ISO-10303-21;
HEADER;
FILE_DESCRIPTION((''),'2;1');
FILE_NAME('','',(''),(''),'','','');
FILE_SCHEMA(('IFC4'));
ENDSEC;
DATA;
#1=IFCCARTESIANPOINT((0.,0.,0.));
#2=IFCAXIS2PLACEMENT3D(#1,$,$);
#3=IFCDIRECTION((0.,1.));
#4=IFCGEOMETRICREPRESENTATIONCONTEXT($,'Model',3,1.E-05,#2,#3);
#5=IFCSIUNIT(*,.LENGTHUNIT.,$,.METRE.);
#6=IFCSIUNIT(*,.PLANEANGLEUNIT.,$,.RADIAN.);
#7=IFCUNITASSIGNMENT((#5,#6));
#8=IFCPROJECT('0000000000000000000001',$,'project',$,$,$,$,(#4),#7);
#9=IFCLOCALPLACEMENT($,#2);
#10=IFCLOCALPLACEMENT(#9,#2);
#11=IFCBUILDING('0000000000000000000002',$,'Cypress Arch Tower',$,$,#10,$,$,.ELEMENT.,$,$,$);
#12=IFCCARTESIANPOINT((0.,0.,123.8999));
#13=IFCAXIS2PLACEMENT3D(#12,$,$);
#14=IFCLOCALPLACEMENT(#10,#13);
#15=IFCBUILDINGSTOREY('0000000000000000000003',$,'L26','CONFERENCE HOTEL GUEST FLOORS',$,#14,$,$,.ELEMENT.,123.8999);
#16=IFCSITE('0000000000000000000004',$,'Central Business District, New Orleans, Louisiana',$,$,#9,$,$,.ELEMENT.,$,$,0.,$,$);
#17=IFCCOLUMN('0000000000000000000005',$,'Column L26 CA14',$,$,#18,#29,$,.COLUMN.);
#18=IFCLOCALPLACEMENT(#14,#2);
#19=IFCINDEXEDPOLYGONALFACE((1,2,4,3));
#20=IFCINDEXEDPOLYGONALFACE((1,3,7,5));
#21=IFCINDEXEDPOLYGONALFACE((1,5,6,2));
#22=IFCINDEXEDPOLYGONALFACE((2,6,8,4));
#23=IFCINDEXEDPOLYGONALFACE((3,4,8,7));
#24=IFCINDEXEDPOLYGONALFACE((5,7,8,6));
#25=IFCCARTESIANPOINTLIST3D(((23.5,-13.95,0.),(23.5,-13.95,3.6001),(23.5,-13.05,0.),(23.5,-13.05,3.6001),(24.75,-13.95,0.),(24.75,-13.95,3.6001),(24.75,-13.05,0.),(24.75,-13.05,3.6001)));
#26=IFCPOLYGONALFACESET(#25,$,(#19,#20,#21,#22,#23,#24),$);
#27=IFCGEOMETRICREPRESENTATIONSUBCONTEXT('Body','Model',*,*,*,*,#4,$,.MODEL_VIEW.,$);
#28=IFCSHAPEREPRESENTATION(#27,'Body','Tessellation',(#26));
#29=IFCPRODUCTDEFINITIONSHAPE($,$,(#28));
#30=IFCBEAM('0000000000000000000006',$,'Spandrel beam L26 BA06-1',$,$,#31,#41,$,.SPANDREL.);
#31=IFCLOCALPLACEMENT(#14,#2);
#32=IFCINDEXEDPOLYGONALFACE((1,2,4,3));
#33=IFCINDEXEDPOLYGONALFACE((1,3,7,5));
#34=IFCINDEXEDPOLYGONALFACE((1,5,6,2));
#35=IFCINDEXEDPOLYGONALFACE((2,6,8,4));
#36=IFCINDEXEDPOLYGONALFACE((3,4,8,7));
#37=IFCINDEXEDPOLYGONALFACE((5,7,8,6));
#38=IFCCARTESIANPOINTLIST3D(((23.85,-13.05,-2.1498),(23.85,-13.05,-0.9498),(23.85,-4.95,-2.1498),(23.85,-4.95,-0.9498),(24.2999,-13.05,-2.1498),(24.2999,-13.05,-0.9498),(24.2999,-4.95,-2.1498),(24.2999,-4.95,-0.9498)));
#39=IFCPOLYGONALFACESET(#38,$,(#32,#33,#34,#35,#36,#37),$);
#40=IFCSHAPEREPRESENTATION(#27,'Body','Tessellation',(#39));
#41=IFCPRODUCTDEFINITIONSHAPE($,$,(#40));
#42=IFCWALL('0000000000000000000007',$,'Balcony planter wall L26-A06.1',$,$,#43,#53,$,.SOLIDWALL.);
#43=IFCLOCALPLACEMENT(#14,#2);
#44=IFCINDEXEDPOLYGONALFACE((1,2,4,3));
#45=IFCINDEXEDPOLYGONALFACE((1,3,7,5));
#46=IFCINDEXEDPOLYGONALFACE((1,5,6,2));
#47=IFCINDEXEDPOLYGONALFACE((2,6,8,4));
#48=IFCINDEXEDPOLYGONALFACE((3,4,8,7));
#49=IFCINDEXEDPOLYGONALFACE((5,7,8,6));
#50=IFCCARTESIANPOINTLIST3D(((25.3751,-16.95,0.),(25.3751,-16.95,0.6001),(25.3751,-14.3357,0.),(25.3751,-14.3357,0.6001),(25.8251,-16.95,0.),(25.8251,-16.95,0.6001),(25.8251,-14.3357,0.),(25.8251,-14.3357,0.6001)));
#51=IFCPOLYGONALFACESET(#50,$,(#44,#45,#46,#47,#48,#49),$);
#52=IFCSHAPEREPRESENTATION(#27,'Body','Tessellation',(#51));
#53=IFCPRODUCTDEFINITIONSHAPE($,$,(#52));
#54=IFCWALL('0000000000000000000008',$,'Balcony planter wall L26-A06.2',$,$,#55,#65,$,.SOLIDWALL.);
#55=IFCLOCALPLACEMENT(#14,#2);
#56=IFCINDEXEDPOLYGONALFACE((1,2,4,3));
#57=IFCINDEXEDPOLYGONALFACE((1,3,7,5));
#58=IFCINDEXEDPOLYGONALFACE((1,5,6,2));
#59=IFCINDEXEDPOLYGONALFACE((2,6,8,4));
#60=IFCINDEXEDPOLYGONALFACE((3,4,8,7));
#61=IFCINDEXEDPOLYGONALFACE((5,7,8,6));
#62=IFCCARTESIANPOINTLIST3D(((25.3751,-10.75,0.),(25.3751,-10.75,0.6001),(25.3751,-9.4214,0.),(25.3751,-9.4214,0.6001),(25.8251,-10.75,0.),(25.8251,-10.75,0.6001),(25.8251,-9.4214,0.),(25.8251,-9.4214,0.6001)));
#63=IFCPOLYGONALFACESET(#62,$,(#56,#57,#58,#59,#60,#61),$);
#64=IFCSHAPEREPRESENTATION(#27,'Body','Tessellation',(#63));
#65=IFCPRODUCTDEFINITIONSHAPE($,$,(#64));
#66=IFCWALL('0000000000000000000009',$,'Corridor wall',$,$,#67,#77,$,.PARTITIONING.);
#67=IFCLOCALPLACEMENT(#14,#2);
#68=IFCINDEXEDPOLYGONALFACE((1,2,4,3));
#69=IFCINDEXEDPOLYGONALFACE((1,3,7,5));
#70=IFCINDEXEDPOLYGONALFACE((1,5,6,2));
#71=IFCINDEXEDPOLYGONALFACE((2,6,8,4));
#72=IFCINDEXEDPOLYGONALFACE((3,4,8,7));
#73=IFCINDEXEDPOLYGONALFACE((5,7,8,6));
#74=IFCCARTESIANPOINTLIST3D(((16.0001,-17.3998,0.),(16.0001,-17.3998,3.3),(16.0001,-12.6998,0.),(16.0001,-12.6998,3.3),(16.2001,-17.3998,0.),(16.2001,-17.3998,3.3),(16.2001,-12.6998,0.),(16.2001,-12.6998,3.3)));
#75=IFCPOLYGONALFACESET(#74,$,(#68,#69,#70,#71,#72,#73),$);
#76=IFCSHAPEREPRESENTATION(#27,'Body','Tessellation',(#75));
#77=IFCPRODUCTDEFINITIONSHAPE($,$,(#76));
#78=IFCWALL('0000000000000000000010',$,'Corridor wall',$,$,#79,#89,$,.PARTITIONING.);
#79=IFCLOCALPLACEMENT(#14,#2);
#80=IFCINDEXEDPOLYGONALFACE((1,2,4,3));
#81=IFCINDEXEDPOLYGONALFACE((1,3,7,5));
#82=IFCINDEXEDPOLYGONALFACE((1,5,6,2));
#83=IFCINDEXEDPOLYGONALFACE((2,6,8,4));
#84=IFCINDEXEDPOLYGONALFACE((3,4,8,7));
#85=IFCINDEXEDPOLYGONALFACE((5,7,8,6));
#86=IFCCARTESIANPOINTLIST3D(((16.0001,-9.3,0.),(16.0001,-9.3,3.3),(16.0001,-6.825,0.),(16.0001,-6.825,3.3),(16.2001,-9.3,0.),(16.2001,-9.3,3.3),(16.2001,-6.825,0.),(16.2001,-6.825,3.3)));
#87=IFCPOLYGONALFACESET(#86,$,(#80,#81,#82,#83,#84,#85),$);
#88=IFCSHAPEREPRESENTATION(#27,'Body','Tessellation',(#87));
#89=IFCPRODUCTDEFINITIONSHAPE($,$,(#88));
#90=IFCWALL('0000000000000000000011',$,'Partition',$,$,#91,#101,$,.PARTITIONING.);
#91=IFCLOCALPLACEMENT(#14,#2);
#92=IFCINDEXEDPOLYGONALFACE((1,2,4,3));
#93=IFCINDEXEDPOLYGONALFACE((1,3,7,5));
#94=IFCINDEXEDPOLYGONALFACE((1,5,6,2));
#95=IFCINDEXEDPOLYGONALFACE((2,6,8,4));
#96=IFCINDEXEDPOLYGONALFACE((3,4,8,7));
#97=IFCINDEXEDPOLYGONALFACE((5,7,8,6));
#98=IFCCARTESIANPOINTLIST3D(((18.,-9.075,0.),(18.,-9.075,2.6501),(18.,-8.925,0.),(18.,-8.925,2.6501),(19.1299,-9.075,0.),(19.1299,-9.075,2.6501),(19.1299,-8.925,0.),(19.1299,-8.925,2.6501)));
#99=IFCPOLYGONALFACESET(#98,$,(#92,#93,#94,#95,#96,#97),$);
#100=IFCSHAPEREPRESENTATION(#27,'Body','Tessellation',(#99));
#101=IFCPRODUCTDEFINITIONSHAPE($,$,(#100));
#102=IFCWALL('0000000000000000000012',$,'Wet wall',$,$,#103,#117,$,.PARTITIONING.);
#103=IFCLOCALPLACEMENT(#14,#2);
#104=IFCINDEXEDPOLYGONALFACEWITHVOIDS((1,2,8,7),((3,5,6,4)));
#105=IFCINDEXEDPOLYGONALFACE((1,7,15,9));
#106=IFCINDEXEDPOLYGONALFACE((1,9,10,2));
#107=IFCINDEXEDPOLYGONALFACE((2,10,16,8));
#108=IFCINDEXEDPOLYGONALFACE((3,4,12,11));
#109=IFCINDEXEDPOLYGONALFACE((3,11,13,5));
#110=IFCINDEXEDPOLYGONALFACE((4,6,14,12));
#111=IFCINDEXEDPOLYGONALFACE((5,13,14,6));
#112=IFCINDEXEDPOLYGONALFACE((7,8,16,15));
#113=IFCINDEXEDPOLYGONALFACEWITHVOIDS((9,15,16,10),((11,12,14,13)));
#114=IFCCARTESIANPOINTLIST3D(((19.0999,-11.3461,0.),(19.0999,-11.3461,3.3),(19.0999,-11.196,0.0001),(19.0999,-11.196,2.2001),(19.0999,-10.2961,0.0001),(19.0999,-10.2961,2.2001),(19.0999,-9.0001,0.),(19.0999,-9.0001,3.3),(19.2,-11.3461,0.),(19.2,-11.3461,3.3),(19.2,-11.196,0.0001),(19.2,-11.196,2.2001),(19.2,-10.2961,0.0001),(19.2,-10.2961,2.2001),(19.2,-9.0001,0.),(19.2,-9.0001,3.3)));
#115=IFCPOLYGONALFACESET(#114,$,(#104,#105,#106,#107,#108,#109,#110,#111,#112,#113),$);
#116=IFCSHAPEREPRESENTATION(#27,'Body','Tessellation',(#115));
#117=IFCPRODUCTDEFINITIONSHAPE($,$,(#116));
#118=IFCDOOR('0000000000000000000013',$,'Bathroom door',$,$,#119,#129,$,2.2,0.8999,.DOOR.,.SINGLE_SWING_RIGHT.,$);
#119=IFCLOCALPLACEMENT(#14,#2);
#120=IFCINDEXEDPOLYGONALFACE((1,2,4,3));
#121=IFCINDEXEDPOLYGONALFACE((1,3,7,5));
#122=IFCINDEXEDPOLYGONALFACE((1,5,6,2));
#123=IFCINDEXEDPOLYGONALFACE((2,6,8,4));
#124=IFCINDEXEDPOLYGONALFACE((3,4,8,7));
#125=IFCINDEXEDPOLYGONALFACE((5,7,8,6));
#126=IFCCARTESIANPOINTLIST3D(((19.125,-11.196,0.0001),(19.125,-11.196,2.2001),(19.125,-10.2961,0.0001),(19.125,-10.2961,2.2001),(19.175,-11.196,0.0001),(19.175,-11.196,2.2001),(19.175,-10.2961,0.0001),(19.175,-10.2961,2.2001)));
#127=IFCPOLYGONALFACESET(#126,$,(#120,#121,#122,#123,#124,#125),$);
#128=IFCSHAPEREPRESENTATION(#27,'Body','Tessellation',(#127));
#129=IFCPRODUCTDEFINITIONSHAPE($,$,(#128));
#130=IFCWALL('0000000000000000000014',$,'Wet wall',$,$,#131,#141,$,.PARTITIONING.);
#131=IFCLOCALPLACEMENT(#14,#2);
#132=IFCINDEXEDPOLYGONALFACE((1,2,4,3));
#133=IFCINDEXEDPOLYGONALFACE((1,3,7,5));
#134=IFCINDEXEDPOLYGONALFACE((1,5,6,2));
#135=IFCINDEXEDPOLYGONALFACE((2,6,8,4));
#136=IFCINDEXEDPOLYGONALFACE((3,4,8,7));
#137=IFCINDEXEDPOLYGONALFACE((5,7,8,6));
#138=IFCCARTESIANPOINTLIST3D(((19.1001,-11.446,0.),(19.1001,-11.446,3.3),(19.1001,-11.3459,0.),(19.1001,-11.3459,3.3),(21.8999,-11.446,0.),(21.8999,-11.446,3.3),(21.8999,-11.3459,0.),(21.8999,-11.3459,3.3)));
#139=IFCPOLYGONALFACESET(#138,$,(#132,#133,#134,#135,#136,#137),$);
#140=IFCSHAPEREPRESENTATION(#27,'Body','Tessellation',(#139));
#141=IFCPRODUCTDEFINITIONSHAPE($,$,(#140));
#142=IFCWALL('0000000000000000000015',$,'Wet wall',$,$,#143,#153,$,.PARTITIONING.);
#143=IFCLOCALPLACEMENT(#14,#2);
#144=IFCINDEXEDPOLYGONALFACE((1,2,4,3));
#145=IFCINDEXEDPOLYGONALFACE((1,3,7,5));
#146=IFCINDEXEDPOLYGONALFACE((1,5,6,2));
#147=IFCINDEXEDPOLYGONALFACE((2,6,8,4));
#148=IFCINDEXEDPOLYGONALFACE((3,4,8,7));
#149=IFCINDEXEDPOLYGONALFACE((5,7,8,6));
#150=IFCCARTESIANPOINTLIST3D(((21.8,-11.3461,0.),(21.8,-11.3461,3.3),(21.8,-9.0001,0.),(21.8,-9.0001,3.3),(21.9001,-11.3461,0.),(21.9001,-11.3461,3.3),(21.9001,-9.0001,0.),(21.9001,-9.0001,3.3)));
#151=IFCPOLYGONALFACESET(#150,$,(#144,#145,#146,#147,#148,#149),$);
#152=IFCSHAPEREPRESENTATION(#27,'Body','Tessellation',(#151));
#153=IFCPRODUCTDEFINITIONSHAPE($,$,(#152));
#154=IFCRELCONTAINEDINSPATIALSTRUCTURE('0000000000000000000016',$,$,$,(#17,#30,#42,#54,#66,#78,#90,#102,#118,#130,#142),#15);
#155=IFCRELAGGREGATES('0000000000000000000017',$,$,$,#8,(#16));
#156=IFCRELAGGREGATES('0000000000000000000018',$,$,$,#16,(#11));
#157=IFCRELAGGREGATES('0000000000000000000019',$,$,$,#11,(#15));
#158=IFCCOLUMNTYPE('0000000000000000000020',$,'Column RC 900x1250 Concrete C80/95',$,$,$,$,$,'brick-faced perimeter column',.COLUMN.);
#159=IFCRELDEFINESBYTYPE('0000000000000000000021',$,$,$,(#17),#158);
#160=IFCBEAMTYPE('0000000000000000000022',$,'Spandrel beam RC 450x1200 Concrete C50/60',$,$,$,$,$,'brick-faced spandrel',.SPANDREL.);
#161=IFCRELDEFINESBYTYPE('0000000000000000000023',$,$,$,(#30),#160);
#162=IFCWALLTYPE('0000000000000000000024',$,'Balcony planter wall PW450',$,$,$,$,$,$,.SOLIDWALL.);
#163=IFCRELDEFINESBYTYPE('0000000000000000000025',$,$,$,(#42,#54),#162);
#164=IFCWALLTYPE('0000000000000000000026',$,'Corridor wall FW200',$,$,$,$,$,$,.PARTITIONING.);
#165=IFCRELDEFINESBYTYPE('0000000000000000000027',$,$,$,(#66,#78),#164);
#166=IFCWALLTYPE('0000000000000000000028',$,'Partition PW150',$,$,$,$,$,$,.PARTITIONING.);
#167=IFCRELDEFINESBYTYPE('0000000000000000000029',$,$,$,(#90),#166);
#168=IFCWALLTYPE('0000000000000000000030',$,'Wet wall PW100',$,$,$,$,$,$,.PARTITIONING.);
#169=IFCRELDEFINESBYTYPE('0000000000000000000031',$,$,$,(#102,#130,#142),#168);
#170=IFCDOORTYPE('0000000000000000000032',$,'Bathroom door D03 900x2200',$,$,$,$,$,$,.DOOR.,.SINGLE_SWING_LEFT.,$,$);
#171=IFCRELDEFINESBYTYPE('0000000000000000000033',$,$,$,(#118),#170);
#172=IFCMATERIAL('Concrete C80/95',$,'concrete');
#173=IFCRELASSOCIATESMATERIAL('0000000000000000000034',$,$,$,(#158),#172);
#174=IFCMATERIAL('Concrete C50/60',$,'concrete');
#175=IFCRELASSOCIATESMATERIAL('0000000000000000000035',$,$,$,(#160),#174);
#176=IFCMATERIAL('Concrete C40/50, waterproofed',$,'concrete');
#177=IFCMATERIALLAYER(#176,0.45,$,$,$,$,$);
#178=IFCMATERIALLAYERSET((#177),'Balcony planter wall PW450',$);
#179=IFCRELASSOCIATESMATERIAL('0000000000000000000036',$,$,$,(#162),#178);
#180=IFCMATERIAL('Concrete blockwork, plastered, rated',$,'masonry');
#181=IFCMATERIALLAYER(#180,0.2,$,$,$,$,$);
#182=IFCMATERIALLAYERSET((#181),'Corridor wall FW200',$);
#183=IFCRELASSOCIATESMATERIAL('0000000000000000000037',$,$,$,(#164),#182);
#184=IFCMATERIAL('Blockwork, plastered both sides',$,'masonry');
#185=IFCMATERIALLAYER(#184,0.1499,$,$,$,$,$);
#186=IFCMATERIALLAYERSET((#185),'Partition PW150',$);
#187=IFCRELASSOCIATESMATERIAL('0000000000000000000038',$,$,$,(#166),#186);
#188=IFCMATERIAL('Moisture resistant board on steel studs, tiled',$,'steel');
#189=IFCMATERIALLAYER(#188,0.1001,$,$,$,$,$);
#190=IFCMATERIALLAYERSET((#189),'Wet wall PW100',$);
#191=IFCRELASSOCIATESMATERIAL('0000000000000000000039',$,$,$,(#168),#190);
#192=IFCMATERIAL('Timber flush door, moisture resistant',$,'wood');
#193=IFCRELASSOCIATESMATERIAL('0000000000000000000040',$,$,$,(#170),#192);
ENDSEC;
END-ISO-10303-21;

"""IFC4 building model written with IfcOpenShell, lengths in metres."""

from ifc_helpers import new_model, si_unit, direction, frame, frame_2d, origin, origin_2d, place, context, subcontext, project, spatial, rectangle, extrude, material, layer, layer_set, material_profile, profile_set, type_object, element, fill, save


model = new_model("IFC4")

# Units and contexts
model_context = context("Model", 3, precision=1e-05, world=origin(), true_north=direction((0.0, 1.0)))
body_context = subcontext(model_context, "Body", "Model", "MODEL_VIEW")
ifc_project = project(units=[si_unit("LENGTHUNIT", "METRE"), si_unit("PLANEANGLEUNIT", "RADIAN")], contexts=[model_context])

# Site, building, storey
site_placement = place(None, origin())
site = spatial("IfcSite", under=ifc_project, at=site_placement, Name="Central Business District, New Orleans, Louisiana", CompositionType="ELEMENT", RefElevation=0.0)
building_placement = place(site_placement, origin())
building = spatial("IfcBuilding", under=site, at=building_placement, Name="Cypress Arch Tower", CompositionType="ELEMENT")
storey_placement = place(building_placement, frame((0.0, 0.0, 123.8999)))
storey = spatial("IfcBuildingStorey", under=building, at=storey_placement, Name="L26", Description="CONFERENCE HOTEL GUEST FLOORS", CompositionType="ELEMENT", Elevation=123.8999)

# Column
ifc_material_1 = material(Name="Concrete C80/95", Category="concrete")
ifc_material_profile_1 = material_profile(ifc_material_1, rectangle(XDim=0.8999, YDim=1.25, at=origin_2d()), Name="RC 900x1250")
ifc_profile_set_1 = profile_set([ifc_material_profile_1], Name="Concrete C80/95")
column_type = type_object("IfcColumnType", Name="Column RC 900x1250 Concrete C80/95", ElementType="brick-faced perimeter column", PredefinedType="COLUMN", material=ifc_profile_set_1)
column_placement = place(storey_placement, frame((24.125, -13.5, 0.0), z_axis=(0.0, 0.0, 1.0), x_axis=(0.0, 1.0, 0.0)))
element("IfcColumn", 1, at=column_placement, inside=storey, type_object=column_type, Name="Column L26 CA14", PredefinedType="COLUMN", context=body_context, shape_type="SweptSolid", body=[
    extrude(rectangle(XDim=0.8999, YDim=1.25, at=origin_2d()), origin(), (0.0, 0.0, 1.0), 3.6001),
])

# Beam
ifc_material_2 = material(Name="Concrete C50/60", Category="concrete")
ifc_material_profile_2 = material_profile(ifc_material_2, rectangle(XDim=0.45, YDim=1.2, at=origin_2d()), Name="RC 450x1200")
ifc_profile_set_2 = profile_set([ifc_material_profile_2], Name="Concrete C50/60")
beam_type = type_object("IfcBeamType", Name="Spandrel beam RC 450x1200 Concrete C50/60", ElementType="brick-faced spandrel", PredefinedType="SPANDREL", material=ifc_profile_set_2)
beam_placement = place(storey_placement, frame((24.075, -13.05, -1.5498), z_axis=(0.0, 1.0, 0.0), x_axis=(-1.0, 0.0, 0.0)))
element("IfcBeam", 2, at=beam_placement, inside=storey, type_object=beam_type, Name="Spandrel beam L26 BA06-1", PredefinedType="SPANDREL", context=body_context, shape_type="SweptSolid", body=[
    extrude(rectangle(XDim=0.45, YDim=1.2, at=origin_2d()), origin(), (0.0, 0.0, 1.0), 8.1001),
])

# Walls
ifc_material_3 = material(Name="Concrete C40/50, waterproofed", Category="concrete")
ifc_layer_1 = layer(ifc_material_3, 0.45)
ifc_layer_set_1 = layer_set([ifc_layer_1], Name="Balcony planter wall PW450")
wall_type_1 = type_object("IfcWallType", Name="Balcony planter wall PW450", PredefinedType="SOLIDWALL", material=ifc_layer_set_1)
wall_1_placement = place(storey_placement, frame((25.6001, -16.95, 0.0), z_axis=(0.0, 0.0, 1.0), x_axis=(0.0, 1.0, 0.0)))
element("IfcWall", 3, at=wall_1_placement, inside=storey, type_object=wall_type_1, Name="Balcony planter wall L26-A06.1", PredefinedType="SOLIDWALL", context=body_context, shape_type="SweptSolid", body=[
    extrude(rectangle(XDim=2.6143, YDim=0.45, at=frame_2d((1.3071, 0.0))), origin(), (0.0, 0.0, 1.0), 0.6001),
])
wall_2_placement = place(storey_placement, frame((25.6001, -10.75, 0.0), z_axis=(0.0, 0.0, 1.0), x_axis=(0.0, 1.0, 0.0)))
element("IfcWall", 4, at=wall_2_placement, inside=storey, type_object=wall_type_1, Name="Balcony planter wall L26-A06.2", PredefinedType="SOLIDWALL", context=body_context, shape_type="SweptSolid", body=[
    extrude(rectangle(XDim=1.3286, YDim=0.45, at=frame_2d((0.6643, 0.0))), origin(), (0.0, 0.0, 1.0), 0.6001),
])

# Walls
ifc_material_4 = material(Name="Concrete blockwork, plastered, rated", Category="masonry")
ifc_layer_2 = layer(ifc_material_4, 0.2)
ifc_layer_set_2 = layer_set([ifc_layer_2], Name="Corridor wall FW200")
wall_type_2 = type_object("IfcWallType", Name="Corridor wall FW200", PredefinedType="PARTITIONING", material=ifc_layer_set_2)
wall_3_placement = place(storey_placement, frame((16.1001, -17.3999, 0.0), z_axis=(0.0, 0.0, 1.0), x_axis=(0.0, 1.0, 0.0)))
element("IfcWall", 5, at=wall_3_placement, inside=storey, type_object=wall_type_2, Name="Corridor wall", PredefinedType="PARTITIONING", context=body_context, shape_type="SweptSolid", body=[
    extrude(rectangle(XDim=4.7, YDim=0.2, at=frame_2d((2.3501, 0.0))), origin(), (0.0, 0.0, 1.0), 3.3),
])
wall_4_placement = place(storey_placement, frame((16.1001, -9.3, 0.0), z_axis=(0.0, 0.0, 1.0), x_axis=(0.0, 1.0, 0.0)))
element("IfcWall", 6, at=wall_4_placement, inside=storey, type_object=wall_type_2, Name="Corridor wall", PredefinedType="PARTITIONING", context=body_context, shape_type="SweptSolid", body=[
    extrude(rectangle(XDim=2.4751, YDim=0.2, at=frame_2d((1.2375, 0.0))), origin(), (0.0, 0.0, 1.0), 3.3),
])
ifc_material_5 = material(Name="Blockwork, plastered both sides", Category="masonry")
ifc_layer_3 = layer(ifc_material_5, 0.1499)
ifc_layer_set_3 = layer_set([ifc_layer_3], Name="Partition PW150")
wall_type_3 = type_object("IfcWallType", Name="Partition PW150", PredefinedType="PARTITIONING", material=ifc_layer_set_3)
wall_5_placement = place(storey_placement, frame((18.0, -9.0, 0.0), z_axis=(0.0, 0.0, 1.0), x_axis=(1.0, 0.0, 0.0)))
element("IfcWall", 7, at=wall_5_placement, inside=storey, type_object=wall_type_3, Name="Partition", PredefinedType="PARTITIONING", context=body_context, shape_type="SweptSolid", body=[
    extrude(rectangle(XDim=1.1299, YDim=0.1499, at=frame_2d((0.5649, 0.0))), origin(), (0.0, 0.0, 1.0), 2.6501),
])

# Wall, opening, door
ifc_material_6 = material(Name="Moisture resistant board on steel studs, tiled", Category="steel")
ifc_layer_4 = layer(ifc_material_6, 0.1001)
ifc_layer_set_4 = layer_set([ifc_layer_4], Name="Wet wall PW100")
wall_type_4 = type_object("IfcWallType", Name="Wet wall PW100", PredefinedType="PARTITIONING", material=ifc_layer_set_4)
wall_6_placement = place(storey_placement, frame((19.1499, -11.3459, 0.0), z_axis=(0.0, 0.0, 1.0), x_axis=(0.0, 1.0, 0.0)))
wall_6 = element("IfcWall", 8, at=wall_6_placement, inside=storey, type_object=wall_type_4, Name="Wet wall", PredefinedType="PARTITIONING", context=body_context, shape_type="SweptSolid", body=[
    extrude(rectangle(XDim=2.3459, YDim=0.1001, at=frame_2d((1.1729, 0.0))), origin(), (0.0, 0.0, 1.0), 3.3),
])
opening_1_placement = place(wall_6_placement, frame((0.1499, 0.0, 0.0)))
opening_1 = element("IfcOpeningElement", 9, at=opening_1_placement, cuts=wall_6, PredefinedType="OPENING", context=body_context, shape_type="SweptSolid", body=[
    extrude(rectangle(XDim=0.8999, YDim=2.2, at=frame_2d((0.45, 1.1001))), frame((0.0, 0.0601, 0.0), z_axis=(0.0, -1.0, 0.0), x_axis=(1.0, 0.0, 0.0)), (0.0, 0.0, 1.0), 0.1201),
])
ifc_material_7 = material(Name="Timber flush door, moisture resistant", Category="wood")
door_type_1 = type_object("IfcDoorType", Name="Bathroom door D03 900x2200", OperationType="SINGLE_SWING_LEFT", PredefinedType="DOOR", material=ifc_material_7)
door_1_placement = place(opening_1_placement, origin())
door_1 = element("IfcDoor", 10, at=door_1_placement, inside=storey, type_object=door_type_1, Name="Bathroom door", OperationType="SINGLE_SWING_RIGHT", OverallHeight=2.2, OverallWidth=0.8999, PredefinedType="DOOR", context=body_context, shape_type="SweptSolid", body=[
    extrude(rectangle(XDim=0.8999, YDim=2.2, at=frame_2d((0.45, 1.1001))), frame((0.0, 0.0249, 0.0), z_axis=(0.0, -1.0, 0.0), x_axis=(1.0, 0.0, 0.0)), (0.0, 0.0, 1.0), 0.05),
])
fill(opening_1, door_1)

# Walls
wall_7_placement = place(storey_placement, frame((19.1001, -11.396, 0.0), z_axis=(0.0, 0.0, 1.0), x_axis=(1.0, 0.0, 0.0)))
element("IfcWall", 11, at=wall_7_placement, inside=storey, type_object=wall_type_4, Name="Wet wall", PredefinedType="PARTITIONING", context=body_context, shape_type="SweptSolid", body=[
    extrude(rectangle(XDim=2.7998, YDim=0.1001, at=frame_2d((1.3999, 0.0))), origin(), (0.0, 0.0, 1.0), 3.3),
])
wall_8_placement = place(storey_placement, frame((21.8501, -11.3459, 0.0), z_axis=(0.0, 0.0, 1.0), x_axis=(0.0, 1.0, 0.0)))
element("IfcWall", 12, at=wall_8_placement, inside=storey, type_object=wall_type_4, Name="Wet wall", PredefinedType="PARTITIONING", context=body_context, shape_type="SweptSolid", body=[
    extrude(rectangle(XDim=2.3459, YDim=0.1001, at=frame_2d((1.1729, 0.0))), origin(), (0.0, 0.0, 1.0), 3.3),
])

save(model, "model.ifc")
